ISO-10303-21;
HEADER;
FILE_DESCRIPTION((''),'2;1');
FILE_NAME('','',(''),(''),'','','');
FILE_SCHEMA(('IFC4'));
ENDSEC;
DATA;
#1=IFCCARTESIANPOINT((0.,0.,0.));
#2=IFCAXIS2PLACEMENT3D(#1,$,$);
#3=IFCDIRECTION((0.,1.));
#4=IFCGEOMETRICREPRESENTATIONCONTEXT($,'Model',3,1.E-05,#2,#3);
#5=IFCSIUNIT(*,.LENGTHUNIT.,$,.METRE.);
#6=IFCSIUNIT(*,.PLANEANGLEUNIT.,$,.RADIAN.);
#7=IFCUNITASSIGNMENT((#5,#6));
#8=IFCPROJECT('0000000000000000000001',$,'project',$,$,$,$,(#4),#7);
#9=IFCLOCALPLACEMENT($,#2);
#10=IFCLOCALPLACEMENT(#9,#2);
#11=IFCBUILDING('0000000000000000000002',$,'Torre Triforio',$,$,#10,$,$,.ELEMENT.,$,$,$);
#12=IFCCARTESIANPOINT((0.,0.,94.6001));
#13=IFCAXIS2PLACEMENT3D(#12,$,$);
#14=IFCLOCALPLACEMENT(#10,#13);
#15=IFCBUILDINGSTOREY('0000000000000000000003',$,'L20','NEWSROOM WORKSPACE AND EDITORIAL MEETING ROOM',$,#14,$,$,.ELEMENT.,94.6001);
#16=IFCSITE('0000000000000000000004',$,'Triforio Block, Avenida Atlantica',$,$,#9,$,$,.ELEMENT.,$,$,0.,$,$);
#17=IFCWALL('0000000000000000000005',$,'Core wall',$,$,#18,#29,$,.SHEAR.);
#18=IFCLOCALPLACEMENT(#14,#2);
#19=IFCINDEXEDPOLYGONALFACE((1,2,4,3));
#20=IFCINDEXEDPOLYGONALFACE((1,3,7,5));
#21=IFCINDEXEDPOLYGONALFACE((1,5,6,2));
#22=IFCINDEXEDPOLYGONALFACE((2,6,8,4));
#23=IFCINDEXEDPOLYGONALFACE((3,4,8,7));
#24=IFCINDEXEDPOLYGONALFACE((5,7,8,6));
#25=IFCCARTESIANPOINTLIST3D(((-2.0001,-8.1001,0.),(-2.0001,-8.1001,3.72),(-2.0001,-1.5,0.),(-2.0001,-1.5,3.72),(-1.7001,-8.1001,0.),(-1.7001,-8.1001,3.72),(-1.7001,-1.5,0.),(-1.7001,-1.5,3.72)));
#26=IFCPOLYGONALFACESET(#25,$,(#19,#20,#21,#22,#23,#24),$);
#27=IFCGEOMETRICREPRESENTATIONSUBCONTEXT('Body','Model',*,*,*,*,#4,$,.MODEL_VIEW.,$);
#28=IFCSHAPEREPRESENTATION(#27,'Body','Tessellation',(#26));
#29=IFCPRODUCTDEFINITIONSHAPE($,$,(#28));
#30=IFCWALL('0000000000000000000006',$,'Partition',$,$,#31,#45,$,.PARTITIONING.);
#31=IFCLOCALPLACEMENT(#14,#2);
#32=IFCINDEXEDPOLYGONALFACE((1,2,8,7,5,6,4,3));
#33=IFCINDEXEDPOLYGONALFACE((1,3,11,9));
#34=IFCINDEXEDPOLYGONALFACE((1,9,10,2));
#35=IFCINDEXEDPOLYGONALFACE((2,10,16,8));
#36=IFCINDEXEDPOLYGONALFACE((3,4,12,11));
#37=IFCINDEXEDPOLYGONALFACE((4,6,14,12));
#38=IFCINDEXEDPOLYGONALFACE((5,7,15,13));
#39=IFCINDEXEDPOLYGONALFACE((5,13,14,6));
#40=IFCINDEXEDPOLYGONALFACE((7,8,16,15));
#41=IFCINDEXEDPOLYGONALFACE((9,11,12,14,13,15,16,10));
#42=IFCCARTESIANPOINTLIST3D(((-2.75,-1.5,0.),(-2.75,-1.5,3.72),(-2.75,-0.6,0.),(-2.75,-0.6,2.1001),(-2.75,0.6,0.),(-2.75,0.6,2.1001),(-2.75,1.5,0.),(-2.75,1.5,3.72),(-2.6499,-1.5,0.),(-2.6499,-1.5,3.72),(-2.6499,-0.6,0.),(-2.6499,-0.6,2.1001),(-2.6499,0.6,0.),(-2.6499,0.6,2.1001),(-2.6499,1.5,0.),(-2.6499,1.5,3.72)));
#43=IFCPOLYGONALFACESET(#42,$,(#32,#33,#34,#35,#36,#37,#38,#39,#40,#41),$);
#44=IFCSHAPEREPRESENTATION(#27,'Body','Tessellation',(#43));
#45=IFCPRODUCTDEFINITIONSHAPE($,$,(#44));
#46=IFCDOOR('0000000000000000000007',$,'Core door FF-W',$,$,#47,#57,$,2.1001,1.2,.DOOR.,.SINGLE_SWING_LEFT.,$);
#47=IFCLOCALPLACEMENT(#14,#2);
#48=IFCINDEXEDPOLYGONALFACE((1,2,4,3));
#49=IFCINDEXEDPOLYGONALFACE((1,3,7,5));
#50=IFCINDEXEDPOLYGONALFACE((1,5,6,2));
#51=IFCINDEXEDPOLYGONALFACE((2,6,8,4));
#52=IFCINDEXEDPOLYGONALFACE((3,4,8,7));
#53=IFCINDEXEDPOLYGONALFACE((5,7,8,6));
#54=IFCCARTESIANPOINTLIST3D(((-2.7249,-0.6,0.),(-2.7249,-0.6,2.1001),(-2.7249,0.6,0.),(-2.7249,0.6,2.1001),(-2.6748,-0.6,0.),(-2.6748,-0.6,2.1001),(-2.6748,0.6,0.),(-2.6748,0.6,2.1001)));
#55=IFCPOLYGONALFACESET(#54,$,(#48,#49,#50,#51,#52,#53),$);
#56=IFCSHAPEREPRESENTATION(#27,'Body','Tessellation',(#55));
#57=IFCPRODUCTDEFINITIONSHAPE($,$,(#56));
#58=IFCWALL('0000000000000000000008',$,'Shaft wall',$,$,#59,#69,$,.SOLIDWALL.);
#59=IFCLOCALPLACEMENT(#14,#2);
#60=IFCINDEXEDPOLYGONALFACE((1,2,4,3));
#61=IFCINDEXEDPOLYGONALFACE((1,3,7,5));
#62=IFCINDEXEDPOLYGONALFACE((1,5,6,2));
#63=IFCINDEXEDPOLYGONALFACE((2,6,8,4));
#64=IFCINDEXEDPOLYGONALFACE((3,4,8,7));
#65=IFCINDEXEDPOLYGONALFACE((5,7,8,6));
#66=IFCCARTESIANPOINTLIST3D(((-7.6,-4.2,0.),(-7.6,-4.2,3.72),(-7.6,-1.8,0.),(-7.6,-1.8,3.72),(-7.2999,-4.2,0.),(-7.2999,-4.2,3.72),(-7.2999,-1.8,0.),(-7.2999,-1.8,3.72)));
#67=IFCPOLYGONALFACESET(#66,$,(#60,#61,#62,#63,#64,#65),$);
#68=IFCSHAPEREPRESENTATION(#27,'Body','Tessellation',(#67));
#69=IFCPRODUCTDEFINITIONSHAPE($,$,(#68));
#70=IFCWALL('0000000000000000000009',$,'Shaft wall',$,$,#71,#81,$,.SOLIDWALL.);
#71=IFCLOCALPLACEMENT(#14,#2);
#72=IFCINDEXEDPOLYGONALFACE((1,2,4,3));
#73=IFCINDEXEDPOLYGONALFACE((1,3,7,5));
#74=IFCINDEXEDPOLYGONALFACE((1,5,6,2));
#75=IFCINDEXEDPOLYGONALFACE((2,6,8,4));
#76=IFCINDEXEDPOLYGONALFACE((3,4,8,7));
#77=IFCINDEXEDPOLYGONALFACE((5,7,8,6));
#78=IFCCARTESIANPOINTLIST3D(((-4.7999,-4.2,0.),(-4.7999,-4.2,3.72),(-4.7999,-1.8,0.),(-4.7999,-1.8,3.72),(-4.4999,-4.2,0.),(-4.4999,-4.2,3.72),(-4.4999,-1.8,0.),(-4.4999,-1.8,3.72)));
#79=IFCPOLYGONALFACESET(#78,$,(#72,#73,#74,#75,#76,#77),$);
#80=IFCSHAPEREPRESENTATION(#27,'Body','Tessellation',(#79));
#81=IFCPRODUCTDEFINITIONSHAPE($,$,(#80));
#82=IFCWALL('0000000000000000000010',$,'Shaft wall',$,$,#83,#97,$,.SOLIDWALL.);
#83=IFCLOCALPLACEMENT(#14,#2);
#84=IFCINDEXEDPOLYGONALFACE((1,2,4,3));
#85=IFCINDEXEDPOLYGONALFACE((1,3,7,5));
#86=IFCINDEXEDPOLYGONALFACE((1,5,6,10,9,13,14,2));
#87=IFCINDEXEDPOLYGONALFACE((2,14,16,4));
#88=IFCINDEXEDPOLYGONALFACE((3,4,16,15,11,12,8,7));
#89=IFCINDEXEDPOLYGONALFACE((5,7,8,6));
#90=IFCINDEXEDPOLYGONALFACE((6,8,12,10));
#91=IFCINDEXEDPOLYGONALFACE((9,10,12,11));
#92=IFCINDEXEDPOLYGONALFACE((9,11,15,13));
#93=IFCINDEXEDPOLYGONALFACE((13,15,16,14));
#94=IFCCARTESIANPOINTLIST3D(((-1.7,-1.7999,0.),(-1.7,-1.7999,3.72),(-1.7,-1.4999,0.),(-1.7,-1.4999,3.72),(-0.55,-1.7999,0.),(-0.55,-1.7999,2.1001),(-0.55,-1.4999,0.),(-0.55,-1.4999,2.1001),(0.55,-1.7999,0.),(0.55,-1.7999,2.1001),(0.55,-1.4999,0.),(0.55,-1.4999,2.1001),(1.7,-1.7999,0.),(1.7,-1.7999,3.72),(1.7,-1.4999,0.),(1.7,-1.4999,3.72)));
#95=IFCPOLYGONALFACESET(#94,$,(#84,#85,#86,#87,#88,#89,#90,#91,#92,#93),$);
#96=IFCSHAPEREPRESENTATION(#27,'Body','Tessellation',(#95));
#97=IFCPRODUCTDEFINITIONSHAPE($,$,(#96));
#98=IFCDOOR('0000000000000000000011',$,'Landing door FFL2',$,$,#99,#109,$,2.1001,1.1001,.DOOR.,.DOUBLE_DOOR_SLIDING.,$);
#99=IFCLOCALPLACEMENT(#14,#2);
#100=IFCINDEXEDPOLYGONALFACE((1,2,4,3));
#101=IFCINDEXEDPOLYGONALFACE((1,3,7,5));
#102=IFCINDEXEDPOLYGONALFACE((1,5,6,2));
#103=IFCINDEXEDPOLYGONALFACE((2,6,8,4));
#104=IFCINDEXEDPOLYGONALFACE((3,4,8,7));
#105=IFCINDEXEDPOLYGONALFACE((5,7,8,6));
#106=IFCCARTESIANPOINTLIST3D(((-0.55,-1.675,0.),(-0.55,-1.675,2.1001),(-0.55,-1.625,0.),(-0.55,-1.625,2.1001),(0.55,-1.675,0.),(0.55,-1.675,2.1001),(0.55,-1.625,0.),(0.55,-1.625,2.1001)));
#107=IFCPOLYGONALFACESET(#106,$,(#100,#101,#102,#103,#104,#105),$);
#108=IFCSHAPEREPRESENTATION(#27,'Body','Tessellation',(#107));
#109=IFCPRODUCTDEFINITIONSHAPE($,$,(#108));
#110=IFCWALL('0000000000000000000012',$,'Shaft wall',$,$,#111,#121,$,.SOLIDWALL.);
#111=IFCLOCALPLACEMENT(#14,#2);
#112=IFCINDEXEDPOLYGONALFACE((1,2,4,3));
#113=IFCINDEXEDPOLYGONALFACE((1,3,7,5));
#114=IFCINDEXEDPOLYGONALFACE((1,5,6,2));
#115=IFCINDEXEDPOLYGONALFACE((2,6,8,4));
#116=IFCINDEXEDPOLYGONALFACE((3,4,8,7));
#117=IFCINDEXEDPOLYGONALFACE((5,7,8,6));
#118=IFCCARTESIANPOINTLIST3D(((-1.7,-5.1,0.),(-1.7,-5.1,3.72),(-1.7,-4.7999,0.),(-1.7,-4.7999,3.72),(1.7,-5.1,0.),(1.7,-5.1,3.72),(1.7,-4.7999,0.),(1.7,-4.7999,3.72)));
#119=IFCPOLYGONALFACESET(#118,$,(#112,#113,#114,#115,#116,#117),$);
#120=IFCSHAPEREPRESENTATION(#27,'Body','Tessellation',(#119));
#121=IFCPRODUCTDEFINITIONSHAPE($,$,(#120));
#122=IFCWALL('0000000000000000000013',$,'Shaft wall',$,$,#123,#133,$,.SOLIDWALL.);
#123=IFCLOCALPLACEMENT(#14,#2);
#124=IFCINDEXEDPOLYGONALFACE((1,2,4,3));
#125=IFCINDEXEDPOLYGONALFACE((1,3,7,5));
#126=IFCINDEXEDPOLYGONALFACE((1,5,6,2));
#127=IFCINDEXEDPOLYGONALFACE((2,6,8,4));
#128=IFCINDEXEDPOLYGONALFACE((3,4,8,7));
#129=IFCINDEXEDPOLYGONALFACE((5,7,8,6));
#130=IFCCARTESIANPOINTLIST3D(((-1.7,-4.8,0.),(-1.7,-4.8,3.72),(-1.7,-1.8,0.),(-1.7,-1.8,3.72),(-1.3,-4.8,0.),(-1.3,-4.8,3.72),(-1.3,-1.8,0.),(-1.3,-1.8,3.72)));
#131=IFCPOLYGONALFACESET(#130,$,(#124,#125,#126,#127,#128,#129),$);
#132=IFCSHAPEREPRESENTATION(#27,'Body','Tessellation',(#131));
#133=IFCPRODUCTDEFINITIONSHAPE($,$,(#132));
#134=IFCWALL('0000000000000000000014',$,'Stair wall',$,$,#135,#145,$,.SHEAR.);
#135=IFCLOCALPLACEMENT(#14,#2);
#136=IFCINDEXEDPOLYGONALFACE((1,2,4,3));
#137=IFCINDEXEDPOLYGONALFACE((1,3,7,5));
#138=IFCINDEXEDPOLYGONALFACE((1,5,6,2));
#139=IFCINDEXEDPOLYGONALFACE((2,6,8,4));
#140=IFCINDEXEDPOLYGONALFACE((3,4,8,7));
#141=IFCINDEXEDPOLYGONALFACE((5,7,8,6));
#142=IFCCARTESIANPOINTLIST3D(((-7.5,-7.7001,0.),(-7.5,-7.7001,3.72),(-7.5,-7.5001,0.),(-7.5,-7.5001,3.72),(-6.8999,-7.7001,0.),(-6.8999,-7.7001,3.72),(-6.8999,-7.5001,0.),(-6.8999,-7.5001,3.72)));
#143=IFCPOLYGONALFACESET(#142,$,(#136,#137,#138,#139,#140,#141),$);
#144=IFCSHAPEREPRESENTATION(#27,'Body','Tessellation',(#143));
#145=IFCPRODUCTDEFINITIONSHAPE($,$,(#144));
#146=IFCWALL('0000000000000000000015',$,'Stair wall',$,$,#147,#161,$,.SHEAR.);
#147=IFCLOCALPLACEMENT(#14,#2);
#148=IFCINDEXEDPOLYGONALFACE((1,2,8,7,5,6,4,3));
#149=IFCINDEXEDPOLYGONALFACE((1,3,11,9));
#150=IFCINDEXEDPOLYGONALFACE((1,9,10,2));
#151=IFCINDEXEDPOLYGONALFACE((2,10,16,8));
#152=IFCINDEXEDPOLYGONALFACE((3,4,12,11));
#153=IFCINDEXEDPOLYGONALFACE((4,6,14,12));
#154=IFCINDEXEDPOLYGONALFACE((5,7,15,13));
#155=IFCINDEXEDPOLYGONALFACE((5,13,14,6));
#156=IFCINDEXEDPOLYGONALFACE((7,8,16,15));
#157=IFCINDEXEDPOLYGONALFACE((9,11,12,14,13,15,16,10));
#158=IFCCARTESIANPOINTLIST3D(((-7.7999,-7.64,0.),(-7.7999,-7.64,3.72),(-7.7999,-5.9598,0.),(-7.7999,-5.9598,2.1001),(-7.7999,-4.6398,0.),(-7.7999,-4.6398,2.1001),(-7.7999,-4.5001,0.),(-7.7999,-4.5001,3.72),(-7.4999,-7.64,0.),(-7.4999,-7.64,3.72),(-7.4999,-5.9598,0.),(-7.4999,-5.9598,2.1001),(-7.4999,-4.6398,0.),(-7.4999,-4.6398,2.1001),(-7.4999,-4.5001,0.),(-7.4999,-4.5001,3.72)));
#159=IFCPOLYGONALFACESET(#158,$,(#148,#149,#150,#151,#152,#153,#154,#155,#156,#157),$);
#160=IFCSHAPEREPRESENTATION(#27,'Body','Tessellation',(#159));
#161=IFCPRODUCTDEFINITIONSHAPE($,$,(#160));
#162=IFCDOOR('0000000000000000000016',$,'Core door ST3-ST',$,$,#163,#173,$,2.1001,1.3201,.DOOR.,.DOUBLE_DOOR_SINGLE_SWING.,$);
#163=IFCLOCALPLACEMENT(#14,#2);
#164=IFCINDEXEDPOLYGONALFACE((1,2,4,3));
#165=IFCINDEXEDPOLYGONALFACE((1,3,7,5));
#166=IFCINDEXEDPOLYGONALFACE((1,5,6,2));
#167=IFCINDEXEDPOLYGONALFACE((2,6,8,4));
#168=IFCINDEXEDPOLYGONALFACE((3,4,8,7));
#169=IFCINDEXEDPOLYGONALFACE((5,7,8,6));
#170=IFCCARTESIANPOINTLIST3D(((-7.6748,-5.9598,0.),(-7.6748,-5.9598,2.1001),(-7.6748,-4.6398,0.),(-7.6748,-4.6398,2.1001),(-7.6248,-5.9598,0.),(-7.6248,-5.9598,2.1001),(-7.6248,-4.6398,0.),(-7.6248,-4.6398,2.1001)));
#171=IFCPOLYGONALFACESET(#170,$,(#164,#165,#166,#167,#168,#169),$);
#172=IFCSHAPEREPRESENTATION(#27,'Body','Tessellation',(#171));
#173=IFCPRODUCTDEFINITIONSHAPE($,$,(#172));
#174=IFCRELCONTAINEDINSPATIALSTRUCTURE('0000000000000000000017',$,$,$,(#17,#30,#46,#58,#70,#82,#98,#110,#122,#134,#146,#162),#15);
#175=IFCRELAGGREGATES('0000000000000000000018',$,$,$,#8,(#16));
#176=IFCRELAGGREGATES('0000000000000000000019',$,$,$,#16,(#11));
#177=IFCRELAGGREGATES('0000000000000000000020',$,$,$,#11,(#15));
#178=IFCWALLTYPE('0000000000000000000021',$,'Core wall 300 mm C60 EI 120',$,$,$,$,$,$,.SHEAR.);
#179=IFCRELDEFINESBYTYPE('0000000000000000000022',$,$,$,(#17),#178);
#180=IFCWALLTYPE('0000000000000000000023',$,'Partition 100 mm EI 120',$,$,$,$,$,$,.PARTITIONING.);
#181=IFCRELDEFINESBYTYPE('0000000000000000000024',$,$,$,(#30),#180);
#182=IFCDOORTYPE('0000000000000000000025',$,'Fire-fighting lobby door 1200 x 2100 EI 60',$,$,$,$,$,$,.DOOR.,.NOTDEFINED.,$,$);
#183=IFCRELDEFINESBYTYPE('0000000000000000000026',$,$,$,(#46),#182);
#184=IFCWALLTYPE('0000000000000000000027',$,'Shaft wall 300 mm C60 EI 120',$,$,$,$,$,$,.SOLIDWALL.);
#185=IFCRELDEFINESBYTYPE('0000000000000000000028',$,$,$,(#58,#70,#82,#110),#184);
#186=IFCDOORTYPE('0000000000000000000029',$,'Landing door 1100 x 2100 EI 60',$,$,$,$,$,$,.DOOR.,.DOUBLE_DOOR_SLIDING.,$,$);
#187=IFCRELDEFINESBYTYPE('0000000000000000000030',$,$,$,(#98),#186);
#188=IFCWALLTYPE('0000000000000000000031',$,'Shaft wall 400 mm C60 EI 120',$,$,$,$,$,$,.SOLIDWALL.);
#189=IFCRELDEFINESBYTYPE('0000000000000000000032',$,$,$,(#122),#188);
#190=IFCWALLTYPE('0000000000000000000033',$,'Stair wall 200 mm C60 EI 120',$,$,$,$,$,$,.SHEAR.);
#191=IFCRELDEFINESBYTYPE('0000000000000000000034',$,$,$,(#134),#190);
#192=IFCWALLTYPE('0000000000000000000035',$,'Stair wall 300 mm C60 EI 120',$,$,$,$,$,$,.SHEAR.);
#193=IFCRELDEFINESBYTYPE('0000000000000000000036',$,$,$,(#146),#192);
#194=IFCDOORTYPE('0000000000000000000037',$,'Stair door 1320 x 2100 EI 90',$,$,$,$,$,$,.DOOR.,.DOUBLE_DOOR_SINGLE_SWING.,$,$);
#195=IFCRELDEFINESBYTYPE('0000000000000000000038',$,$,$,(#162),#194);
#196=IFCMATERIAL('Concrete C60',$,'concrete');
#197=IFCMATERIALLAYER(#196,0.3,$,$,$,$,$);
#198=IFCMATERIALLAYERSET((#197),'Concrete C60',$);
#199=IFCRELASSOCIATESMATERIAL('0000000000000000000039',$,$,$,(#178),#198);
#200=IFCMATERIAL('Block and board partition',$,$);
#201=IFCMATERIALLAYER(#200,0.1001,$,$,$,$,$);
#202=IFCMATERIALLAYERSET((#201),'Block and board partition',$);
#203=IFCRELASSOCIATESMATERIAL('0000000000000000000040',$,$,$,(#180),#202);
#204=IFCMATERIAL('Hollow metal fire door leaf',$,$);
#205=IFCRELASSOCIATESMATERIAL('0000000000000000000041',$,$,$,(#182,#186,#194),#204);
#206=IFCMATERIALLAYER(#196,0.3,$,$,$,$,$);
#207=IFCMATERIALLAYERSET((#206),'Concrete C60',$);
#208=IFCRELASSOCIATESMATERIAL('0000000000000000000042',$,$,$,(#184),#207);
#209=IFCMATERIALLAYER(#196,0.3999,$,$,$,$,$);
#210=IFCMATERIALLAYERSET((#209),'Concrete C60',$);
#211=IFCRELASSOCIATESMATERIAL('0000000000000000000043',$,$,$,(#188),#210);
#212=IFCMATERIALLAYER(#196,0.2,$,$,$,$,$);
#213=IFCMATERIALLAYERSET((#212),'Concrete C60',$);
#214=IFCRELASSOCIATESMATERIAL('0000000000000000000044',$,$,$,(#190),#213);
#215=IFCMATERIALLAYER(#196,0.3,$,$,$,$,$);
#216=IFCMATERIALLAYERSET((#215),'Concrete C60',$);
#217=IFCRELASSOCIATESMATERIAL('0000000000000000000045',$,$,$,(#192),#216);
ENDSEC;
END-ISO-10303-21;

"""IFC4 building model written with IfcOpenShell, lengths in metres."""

from ifc_helpers import new_model, si_unit, direction, frame, frame_2d, origin, place, context, subcontext, project, spatial, rectangle, extrude, material, layer, layer_set, type_object, element, fill, save


model = new_model("IFC4")

# Units and contexts
model_context = context("Model", 3, precision=1e-05, world=origin(), true_north=direction((0.0, 1.0)))
body_context = subcontext(model_context, "Body", "Model", "MODEL_VIEW")
ifc_project = project(units=[si_unit("LENGTHUNIT", "METRE"), si_unit("PLANEANGLEUNIT", "RADIAN")], contexts=[model_context])

# Site, building, storey
site_placement = place(None, origin())
site = spatial("IfcSite", under=ifc_project, at=site_placement, Name="Triforio Block, Avenida Atlantica", CompositionType="ELEMENT", RefElevation=0.0)
building_placement = place(site_placement, origin())
building = spatial("IfcBuilding", under=site, at=building_placement, Name="Torre Triforio", CompositionType="ELEMENT")
storey_placement = place(building_placement, frame((0.0, 0.0, 94.6001)))
storey = spatial("IfcBuildingStorey", under=building, at=storey_placement, Name="L20", Description="NEWSROOM WORKSPACE AND EDITORIAL MEETING ROOM", CompositionType="ELEMENT", Elevation=94.6001)

# Wall
ifc_material_1 = material(Name="Concrete C60", Category="concrete")
ifc_layer_1 = layer(ifc_material_1, 0.3)
ifc_layer_set_1 = layer_set([ifc_layer_1], Name="Concrete C60")
wall_type_1 = type_object("IfcWallType", Name="Core wall 300 mm C60 EI 120", PredefinedType="SHEAR", material=ifc_layer_set_1)
wall_1_placement = place(storey_placement, frame((-1.8501, -8.1001, 0.0), z_axis=(0.0, 0.0, 1.0), x_axis=(0.0, 1.0, 0.0)))
element("IfcWall", 1, at=wall_1_placement, inside=storey, type_object=wall_type_1, Name="Core wall", PredefinedType="SHEAR", context=body_context, shape_type="SweptSolid", body=[
    extrude(rectangle(XDim=6.6001, YDim=0.3, at=frame_2d((3.3, 0.0))), origin(), (0.0, 0.0, 1.0), 3.72),
])

# Wall, opening, door
ifc_material_2 = material(Name="Block and board partition")
ifc_layer_2 = layer(ifc_material_2, 0.1001)
ifc_layer_set_2 = layer_set([ifc_layer_2], Name="Block and board partition")
wall_type_2 = type_object("IfcWallType", Name="Partition 100 mm EI 120", PredefinedType="PARTITIONING", material=ifc_layer_set_2)
wall_2_placement = place(storey_placement, frame((-2.7, -1.5, 0.0), z_axis=(0.0, 0.0, 1.0), x_axis=(0.0, 1.0, 0.0)))
wall_2 = element("IfcWall", 2, at=wall_2_placement, inside=storey, type_object=wall_type_2, Name="Partition", PredefinedType="PARTITIONING", context=body_context, shape_type="SweptSolid", body=[
    extrude(rectangle(XDim=3.0, YDim=0.1001, at=frame_2d((1.5, 0.0))), origin(), (0.0, 0.0, 1.0), 3.72),
])
opening_1_placement = place(wall_2_placement, frame((0.8999, 0.0, 0.0)))
opening_1 = element("IfcOpeningElement", 3, at=opening_1_placement, cuts=wall_2, PredefinedType="OPENING", context=body_context, shape_type="SweptSolid", body=[
    extrude(rectangle(XDim=1.2, YDim=2.1001, at=frame_2d((0.6001, 1.05))), frame((0.0, 0.0601, 0.0), z_axis=(0.0, -1.0, 0.0), x_axis=(1.0, 0.0, 0.0)), (0.0, 0.0, 1.0), 0.1201),
])
ifc_material_3 = material(Name="Hollow metal fire door leaf")
door_type_1 = type_object("IfcDoorType", Name="Fire-fighting lobby door 1200 x 2100 EI 60", OperationType="NOTDEFINED", PredefinedType="DOOR", material=ifc_material_3)
door_1_placement = place(opening_1_placement, origin())
door_1 = element("IfcDoor", 4, at=door_1_placement, inside=storey, type_object=door_type_1, Name="Core door FF-W", OperationType="SINGLE_SWING_LEFT", OverallHeight=2.1001, OverallWidth=1.2, PredefinedType="DOOR", context=body_context, shape_type="SweptSolid", body=[
    extrude(rectangle(XDim=1.2, YDim=2.1001, at=frame_2d((0.6001, 1.05))), frame((0.0, 0.0249, 0.0), z_axis=(0.0, -1.0, 0.0), x_axis=(1.0, 0.0, 0.0)), (0.0, 0.0, 1.0), 0.05),
])
fill(opening_1, door_1)

# Walls
ifc_layer_3 = layer(ifc_material_1, 0.3)
ifc_layer_set_3 = layer_set([ifc_layer_3], Name="Concrete C60")
wall_type_3 = type_object("IfcWallType", Name="Shaft wall 300 mm C60 EI 120", PredefinedType="SOLIDWALL", material=ifc_layer_set_3)
for number, where, z_axis, x_axis, name in (
    (5, (-7.45, -4.2, 0.0), (0.0, 0.0, 1.0), (0.0, 1.0, 0.0), "Shaft wall"),
    (6, (-4.6499, -4.2, 0.0), (0.0, 0.0, 1.0), (0.0, 1.0, 0.0), "Shaft wall"),
):
    element("IfcWall", number, at=place(storey_placement, frame(where, z_axis=z_axis, x_axis=x_axis)), inside=storey, type_object=wall_type_3, Name=name, PredefinedType="SOLIDWALL", context=body_context, shape_type="SweptSolid", body=[
        extrude(rectangle(XDim=2.3999, YDim=0.3, at=frame_2d((1.2, 0.0))), origin(), (0.0, 0.0, 1.0), 3.72),
    ])

# Wall, opening, door
wall_3_placement = place(storey_placement, frame((-1.7, -1.6499, 0.0), z_axis=(0.0, 0.0, 1.0), x_axis=(1.0, 0.0, 0.0)))
wall_3 = element("IfcWall", 7, at=wall_3_placement, inside=storey, type_object=wall_type_3, Name="Shaft wall", PredefinedType="SOLIDWALL", context=body_context, shape_type="SweptSolid", body=[
    extrude(rectangle(XDim=3.3999, YDim=0.3, at=frame_2d((1.7, 0.0))), origin(), (0.0, 0.0, 1.0), 3.72),
])
opening_2_placement = place(wall_3_placement, frame((1.1499, 0.0, 0.0)))
opening_2 = element("IfcOpeningElement", 8, at=opening_2_placement, cuts=wall_3, PredefinedType="OPENING", context=body_context, shape_type="SweptSolid", body=[
    extrude(rectangle(XDim=1.1001, YDim=2.1001, at=frame_2d((0.55, 1.05))), frame((0.0, 0.1599, 0.0), z_axis=(0.0, -1.0, 0.0), x_axis=(1.0, 0.0, 0.0)), (0.0, 0.0, 1.0), 0.3201),
])
door_type_2 = type_object("IfcDoorType", Name="Landing door 1100 x 2100 EI 60", OperationType="DOUBLE_DOOR_SLIDING", PredefinedType="DOOR", material=ifc_material_3)
door_2_placement = place(opening_2_placement, origin())
door_2 = element("IfcDoor", 9, at=door_2_placement, inside=storey, type_object=door_type_2, Name="Landing door FFL2", OperationType="DOUBLE_DOOR_SLIDING", OverallHeight=2.1001, OverallWidth=1.1001, PredefinedType="DOOR", context=body_context, shape_type="SweptSolid", body=[
    extrude(rectangle(XDim=1.1001, YDim=2.1001, at=frame_2d((0.55, 1.05))), frame((0.0, 0.0249, 0.0), z_axis=(0.0, -1.0, 0.0), x_axis=(1.0, 0.0, 0.0)), (0.0, 0.0, 1.0), 0.05),
])
fill(opening_2, door_2)

# Walls
wall_4_placement = place(storey_placement, frame((-1.7, -4.95, 0.0), z_axis=(0.0, 0.0, 1.0), x_axis=(1.0, 0.0, 0.0)))
element("IfcWall", 10, at=wall_4_placement, inside=storey, type_object=wall_type_3, Name="Shaft wall", PredefinedType="SOLIDWALL", context=body_context, shape_type="SweptSolid", body=[
    extrude(rectangle(XDim=3.3999, YDim=0.3, at=frame_2d((1.7, 0.0))), origin(), (0.0, 0.0, 1.0), 3.72),
])
ifc_layer_4 = layer(ifc_material_1, 0.3999)
ifc_layer_set_4 = layer_set([ifc_layer_4], Name="Concrete C60")
wall_type_4 = type_object("IfcWallType", Name="Shaft wall 400 mm C60 EI 120", PredefinedType="SOLIDWALL", material=ifc_layer_set_4)
wall_5_placement = place(storey_placement, frame((-1.5, -4.8, 0.0), z_axis=(0.0, 0.0, 1.0), x_axis=(0.0, 1.0, 0.0)))
element("IfcWall", 11, at=wall_5_placement, inside=storey, type_object=wall_type_4, Name="Shaft wall", PredefinedType="SOLIDWALL", context=body_context, shape_type="SweptSolid", body=[
    extrude(rectangle(XDim=3.0, YDim=0.3999, at=frame_2d((1.5, 0.0))), origin(), (0.0, 0.0, 1.0), 3.72),
])
ifc_layer_5 = layer(ifc_material_1, 0.2)
ifc_layer_set_5 = layer_set([ifc_layer_5], Name="Concrete C60")
wall_type_5 = type_object("IfcWallType", Name="Stair wall 200 mm C60 EI 120", PredefinedType="SHEAR", material=ifc_layer_set_5)
wall_6_placement = place(storey_placement, frame((-7.5, -7.6001, 0.0), z_axis=(0.0, 0.0, 1.0), x_axis=(1.0, 0.0, 0.0)))
element("IfcWall", 12, at=wall_6_placement, inside=storey, type_object=wall_type_5, Name="Stair wall", PredefinedType="SHEAR", context=body_context, shape_type="SweptSolid", body=[
    extrude(rectangle(XDim=0.6001, YDim=0.2, at=frame_2d((0.3, 0.0))), origin(), (0.0, 0.0, 1.0), 3.72),
])

# Wall, opening, door
ifc_layer_6 = layer(ifc_material_1, 0.3)
ifc_layer_set_6 = layer_set([ifc_layer_6], Name="Concrete C60")
wall_type_6 = type_object("IfcWallType", Name="Stair wall 300 mm C60 EI 120", PredefinedType="SHEAR", material=ifc_layer_set_6)
wall_7_placement = place(storey_placement, frame((-7.6499, -7.6399, 0.0), z_axis=(0.0, 0.0, 1.0), x_axis=(0.0, 1.0, 0.0)))
wall_7 = element("IfcWall", 13, at=wall_7_placement, inside=storey, type_object=wall_type_6, Name="Stair wall", PredefinedType="SHEAR", context=body_context, shape_type="SweptSolid", body=[
    extrude(rectangle(XDim=3.1399, YDim=0.3, at=frame_2d((1.5698, 0.0))), origin(), (0.0, 0.0, 1.0), 3.72),
])
opening_3_placement = place(wall_7_placement, frame((1.6799, 0.0, 0.0)))
opening_3 = element("IfcOpeningElement", 14, at=opening_3_placement, cuts=wall_7, PredefinedType="OPENING", context=body_context, shape_type="SweptSolid", body=[
    extrude(rectangle(XDim=1.3201, YDim=2.1001, at=frame_2d((0.6602, 1.05))), frame((0.0, 0.1599, 0.0), z_axis=(0.0, -1.0, 0.0), x_axis=(1.0, 0.0, 0.0)), (0.0, 0.0, 1.0), 0.3201),
])
door_type_3 = type_object("IfcDoorType", Name="Stair door 1320 x 2100 EI 90", OperationType="DOUBLE_DOOR_SINGLE_SWING", PredefinedType="DOOR", material=ifc_material_3)
door_3_placement = place(opening_3_placement, origin())
door_3 = element("IfcDoor", 15, at=door_3_placement, inside=storey, type_object=door_type_3, Name="Core door ST3-ST", OperationType="DOUBLE_DOOR_SINGLE_SWING", OverallHeight=2.1001, OverallWidth=1.3201, PredefinedType="DOOR", context=body_context, shape_type="SweptSolid", body=[
    extrude(rectangle(XDim=1.3201, YDim=2.1001, at=frame_2d((0.6602, 1.05))), frame((0.0, 0.0249, 0.0), z_axis=(0.0, -1.0, 0.0), x_axis=(1.0, 0.0, 0.0)), (0.0, 0.0, 1.0), 0.05),
])
fill(opening_3, door_3)

save(model, "model.ifc")
